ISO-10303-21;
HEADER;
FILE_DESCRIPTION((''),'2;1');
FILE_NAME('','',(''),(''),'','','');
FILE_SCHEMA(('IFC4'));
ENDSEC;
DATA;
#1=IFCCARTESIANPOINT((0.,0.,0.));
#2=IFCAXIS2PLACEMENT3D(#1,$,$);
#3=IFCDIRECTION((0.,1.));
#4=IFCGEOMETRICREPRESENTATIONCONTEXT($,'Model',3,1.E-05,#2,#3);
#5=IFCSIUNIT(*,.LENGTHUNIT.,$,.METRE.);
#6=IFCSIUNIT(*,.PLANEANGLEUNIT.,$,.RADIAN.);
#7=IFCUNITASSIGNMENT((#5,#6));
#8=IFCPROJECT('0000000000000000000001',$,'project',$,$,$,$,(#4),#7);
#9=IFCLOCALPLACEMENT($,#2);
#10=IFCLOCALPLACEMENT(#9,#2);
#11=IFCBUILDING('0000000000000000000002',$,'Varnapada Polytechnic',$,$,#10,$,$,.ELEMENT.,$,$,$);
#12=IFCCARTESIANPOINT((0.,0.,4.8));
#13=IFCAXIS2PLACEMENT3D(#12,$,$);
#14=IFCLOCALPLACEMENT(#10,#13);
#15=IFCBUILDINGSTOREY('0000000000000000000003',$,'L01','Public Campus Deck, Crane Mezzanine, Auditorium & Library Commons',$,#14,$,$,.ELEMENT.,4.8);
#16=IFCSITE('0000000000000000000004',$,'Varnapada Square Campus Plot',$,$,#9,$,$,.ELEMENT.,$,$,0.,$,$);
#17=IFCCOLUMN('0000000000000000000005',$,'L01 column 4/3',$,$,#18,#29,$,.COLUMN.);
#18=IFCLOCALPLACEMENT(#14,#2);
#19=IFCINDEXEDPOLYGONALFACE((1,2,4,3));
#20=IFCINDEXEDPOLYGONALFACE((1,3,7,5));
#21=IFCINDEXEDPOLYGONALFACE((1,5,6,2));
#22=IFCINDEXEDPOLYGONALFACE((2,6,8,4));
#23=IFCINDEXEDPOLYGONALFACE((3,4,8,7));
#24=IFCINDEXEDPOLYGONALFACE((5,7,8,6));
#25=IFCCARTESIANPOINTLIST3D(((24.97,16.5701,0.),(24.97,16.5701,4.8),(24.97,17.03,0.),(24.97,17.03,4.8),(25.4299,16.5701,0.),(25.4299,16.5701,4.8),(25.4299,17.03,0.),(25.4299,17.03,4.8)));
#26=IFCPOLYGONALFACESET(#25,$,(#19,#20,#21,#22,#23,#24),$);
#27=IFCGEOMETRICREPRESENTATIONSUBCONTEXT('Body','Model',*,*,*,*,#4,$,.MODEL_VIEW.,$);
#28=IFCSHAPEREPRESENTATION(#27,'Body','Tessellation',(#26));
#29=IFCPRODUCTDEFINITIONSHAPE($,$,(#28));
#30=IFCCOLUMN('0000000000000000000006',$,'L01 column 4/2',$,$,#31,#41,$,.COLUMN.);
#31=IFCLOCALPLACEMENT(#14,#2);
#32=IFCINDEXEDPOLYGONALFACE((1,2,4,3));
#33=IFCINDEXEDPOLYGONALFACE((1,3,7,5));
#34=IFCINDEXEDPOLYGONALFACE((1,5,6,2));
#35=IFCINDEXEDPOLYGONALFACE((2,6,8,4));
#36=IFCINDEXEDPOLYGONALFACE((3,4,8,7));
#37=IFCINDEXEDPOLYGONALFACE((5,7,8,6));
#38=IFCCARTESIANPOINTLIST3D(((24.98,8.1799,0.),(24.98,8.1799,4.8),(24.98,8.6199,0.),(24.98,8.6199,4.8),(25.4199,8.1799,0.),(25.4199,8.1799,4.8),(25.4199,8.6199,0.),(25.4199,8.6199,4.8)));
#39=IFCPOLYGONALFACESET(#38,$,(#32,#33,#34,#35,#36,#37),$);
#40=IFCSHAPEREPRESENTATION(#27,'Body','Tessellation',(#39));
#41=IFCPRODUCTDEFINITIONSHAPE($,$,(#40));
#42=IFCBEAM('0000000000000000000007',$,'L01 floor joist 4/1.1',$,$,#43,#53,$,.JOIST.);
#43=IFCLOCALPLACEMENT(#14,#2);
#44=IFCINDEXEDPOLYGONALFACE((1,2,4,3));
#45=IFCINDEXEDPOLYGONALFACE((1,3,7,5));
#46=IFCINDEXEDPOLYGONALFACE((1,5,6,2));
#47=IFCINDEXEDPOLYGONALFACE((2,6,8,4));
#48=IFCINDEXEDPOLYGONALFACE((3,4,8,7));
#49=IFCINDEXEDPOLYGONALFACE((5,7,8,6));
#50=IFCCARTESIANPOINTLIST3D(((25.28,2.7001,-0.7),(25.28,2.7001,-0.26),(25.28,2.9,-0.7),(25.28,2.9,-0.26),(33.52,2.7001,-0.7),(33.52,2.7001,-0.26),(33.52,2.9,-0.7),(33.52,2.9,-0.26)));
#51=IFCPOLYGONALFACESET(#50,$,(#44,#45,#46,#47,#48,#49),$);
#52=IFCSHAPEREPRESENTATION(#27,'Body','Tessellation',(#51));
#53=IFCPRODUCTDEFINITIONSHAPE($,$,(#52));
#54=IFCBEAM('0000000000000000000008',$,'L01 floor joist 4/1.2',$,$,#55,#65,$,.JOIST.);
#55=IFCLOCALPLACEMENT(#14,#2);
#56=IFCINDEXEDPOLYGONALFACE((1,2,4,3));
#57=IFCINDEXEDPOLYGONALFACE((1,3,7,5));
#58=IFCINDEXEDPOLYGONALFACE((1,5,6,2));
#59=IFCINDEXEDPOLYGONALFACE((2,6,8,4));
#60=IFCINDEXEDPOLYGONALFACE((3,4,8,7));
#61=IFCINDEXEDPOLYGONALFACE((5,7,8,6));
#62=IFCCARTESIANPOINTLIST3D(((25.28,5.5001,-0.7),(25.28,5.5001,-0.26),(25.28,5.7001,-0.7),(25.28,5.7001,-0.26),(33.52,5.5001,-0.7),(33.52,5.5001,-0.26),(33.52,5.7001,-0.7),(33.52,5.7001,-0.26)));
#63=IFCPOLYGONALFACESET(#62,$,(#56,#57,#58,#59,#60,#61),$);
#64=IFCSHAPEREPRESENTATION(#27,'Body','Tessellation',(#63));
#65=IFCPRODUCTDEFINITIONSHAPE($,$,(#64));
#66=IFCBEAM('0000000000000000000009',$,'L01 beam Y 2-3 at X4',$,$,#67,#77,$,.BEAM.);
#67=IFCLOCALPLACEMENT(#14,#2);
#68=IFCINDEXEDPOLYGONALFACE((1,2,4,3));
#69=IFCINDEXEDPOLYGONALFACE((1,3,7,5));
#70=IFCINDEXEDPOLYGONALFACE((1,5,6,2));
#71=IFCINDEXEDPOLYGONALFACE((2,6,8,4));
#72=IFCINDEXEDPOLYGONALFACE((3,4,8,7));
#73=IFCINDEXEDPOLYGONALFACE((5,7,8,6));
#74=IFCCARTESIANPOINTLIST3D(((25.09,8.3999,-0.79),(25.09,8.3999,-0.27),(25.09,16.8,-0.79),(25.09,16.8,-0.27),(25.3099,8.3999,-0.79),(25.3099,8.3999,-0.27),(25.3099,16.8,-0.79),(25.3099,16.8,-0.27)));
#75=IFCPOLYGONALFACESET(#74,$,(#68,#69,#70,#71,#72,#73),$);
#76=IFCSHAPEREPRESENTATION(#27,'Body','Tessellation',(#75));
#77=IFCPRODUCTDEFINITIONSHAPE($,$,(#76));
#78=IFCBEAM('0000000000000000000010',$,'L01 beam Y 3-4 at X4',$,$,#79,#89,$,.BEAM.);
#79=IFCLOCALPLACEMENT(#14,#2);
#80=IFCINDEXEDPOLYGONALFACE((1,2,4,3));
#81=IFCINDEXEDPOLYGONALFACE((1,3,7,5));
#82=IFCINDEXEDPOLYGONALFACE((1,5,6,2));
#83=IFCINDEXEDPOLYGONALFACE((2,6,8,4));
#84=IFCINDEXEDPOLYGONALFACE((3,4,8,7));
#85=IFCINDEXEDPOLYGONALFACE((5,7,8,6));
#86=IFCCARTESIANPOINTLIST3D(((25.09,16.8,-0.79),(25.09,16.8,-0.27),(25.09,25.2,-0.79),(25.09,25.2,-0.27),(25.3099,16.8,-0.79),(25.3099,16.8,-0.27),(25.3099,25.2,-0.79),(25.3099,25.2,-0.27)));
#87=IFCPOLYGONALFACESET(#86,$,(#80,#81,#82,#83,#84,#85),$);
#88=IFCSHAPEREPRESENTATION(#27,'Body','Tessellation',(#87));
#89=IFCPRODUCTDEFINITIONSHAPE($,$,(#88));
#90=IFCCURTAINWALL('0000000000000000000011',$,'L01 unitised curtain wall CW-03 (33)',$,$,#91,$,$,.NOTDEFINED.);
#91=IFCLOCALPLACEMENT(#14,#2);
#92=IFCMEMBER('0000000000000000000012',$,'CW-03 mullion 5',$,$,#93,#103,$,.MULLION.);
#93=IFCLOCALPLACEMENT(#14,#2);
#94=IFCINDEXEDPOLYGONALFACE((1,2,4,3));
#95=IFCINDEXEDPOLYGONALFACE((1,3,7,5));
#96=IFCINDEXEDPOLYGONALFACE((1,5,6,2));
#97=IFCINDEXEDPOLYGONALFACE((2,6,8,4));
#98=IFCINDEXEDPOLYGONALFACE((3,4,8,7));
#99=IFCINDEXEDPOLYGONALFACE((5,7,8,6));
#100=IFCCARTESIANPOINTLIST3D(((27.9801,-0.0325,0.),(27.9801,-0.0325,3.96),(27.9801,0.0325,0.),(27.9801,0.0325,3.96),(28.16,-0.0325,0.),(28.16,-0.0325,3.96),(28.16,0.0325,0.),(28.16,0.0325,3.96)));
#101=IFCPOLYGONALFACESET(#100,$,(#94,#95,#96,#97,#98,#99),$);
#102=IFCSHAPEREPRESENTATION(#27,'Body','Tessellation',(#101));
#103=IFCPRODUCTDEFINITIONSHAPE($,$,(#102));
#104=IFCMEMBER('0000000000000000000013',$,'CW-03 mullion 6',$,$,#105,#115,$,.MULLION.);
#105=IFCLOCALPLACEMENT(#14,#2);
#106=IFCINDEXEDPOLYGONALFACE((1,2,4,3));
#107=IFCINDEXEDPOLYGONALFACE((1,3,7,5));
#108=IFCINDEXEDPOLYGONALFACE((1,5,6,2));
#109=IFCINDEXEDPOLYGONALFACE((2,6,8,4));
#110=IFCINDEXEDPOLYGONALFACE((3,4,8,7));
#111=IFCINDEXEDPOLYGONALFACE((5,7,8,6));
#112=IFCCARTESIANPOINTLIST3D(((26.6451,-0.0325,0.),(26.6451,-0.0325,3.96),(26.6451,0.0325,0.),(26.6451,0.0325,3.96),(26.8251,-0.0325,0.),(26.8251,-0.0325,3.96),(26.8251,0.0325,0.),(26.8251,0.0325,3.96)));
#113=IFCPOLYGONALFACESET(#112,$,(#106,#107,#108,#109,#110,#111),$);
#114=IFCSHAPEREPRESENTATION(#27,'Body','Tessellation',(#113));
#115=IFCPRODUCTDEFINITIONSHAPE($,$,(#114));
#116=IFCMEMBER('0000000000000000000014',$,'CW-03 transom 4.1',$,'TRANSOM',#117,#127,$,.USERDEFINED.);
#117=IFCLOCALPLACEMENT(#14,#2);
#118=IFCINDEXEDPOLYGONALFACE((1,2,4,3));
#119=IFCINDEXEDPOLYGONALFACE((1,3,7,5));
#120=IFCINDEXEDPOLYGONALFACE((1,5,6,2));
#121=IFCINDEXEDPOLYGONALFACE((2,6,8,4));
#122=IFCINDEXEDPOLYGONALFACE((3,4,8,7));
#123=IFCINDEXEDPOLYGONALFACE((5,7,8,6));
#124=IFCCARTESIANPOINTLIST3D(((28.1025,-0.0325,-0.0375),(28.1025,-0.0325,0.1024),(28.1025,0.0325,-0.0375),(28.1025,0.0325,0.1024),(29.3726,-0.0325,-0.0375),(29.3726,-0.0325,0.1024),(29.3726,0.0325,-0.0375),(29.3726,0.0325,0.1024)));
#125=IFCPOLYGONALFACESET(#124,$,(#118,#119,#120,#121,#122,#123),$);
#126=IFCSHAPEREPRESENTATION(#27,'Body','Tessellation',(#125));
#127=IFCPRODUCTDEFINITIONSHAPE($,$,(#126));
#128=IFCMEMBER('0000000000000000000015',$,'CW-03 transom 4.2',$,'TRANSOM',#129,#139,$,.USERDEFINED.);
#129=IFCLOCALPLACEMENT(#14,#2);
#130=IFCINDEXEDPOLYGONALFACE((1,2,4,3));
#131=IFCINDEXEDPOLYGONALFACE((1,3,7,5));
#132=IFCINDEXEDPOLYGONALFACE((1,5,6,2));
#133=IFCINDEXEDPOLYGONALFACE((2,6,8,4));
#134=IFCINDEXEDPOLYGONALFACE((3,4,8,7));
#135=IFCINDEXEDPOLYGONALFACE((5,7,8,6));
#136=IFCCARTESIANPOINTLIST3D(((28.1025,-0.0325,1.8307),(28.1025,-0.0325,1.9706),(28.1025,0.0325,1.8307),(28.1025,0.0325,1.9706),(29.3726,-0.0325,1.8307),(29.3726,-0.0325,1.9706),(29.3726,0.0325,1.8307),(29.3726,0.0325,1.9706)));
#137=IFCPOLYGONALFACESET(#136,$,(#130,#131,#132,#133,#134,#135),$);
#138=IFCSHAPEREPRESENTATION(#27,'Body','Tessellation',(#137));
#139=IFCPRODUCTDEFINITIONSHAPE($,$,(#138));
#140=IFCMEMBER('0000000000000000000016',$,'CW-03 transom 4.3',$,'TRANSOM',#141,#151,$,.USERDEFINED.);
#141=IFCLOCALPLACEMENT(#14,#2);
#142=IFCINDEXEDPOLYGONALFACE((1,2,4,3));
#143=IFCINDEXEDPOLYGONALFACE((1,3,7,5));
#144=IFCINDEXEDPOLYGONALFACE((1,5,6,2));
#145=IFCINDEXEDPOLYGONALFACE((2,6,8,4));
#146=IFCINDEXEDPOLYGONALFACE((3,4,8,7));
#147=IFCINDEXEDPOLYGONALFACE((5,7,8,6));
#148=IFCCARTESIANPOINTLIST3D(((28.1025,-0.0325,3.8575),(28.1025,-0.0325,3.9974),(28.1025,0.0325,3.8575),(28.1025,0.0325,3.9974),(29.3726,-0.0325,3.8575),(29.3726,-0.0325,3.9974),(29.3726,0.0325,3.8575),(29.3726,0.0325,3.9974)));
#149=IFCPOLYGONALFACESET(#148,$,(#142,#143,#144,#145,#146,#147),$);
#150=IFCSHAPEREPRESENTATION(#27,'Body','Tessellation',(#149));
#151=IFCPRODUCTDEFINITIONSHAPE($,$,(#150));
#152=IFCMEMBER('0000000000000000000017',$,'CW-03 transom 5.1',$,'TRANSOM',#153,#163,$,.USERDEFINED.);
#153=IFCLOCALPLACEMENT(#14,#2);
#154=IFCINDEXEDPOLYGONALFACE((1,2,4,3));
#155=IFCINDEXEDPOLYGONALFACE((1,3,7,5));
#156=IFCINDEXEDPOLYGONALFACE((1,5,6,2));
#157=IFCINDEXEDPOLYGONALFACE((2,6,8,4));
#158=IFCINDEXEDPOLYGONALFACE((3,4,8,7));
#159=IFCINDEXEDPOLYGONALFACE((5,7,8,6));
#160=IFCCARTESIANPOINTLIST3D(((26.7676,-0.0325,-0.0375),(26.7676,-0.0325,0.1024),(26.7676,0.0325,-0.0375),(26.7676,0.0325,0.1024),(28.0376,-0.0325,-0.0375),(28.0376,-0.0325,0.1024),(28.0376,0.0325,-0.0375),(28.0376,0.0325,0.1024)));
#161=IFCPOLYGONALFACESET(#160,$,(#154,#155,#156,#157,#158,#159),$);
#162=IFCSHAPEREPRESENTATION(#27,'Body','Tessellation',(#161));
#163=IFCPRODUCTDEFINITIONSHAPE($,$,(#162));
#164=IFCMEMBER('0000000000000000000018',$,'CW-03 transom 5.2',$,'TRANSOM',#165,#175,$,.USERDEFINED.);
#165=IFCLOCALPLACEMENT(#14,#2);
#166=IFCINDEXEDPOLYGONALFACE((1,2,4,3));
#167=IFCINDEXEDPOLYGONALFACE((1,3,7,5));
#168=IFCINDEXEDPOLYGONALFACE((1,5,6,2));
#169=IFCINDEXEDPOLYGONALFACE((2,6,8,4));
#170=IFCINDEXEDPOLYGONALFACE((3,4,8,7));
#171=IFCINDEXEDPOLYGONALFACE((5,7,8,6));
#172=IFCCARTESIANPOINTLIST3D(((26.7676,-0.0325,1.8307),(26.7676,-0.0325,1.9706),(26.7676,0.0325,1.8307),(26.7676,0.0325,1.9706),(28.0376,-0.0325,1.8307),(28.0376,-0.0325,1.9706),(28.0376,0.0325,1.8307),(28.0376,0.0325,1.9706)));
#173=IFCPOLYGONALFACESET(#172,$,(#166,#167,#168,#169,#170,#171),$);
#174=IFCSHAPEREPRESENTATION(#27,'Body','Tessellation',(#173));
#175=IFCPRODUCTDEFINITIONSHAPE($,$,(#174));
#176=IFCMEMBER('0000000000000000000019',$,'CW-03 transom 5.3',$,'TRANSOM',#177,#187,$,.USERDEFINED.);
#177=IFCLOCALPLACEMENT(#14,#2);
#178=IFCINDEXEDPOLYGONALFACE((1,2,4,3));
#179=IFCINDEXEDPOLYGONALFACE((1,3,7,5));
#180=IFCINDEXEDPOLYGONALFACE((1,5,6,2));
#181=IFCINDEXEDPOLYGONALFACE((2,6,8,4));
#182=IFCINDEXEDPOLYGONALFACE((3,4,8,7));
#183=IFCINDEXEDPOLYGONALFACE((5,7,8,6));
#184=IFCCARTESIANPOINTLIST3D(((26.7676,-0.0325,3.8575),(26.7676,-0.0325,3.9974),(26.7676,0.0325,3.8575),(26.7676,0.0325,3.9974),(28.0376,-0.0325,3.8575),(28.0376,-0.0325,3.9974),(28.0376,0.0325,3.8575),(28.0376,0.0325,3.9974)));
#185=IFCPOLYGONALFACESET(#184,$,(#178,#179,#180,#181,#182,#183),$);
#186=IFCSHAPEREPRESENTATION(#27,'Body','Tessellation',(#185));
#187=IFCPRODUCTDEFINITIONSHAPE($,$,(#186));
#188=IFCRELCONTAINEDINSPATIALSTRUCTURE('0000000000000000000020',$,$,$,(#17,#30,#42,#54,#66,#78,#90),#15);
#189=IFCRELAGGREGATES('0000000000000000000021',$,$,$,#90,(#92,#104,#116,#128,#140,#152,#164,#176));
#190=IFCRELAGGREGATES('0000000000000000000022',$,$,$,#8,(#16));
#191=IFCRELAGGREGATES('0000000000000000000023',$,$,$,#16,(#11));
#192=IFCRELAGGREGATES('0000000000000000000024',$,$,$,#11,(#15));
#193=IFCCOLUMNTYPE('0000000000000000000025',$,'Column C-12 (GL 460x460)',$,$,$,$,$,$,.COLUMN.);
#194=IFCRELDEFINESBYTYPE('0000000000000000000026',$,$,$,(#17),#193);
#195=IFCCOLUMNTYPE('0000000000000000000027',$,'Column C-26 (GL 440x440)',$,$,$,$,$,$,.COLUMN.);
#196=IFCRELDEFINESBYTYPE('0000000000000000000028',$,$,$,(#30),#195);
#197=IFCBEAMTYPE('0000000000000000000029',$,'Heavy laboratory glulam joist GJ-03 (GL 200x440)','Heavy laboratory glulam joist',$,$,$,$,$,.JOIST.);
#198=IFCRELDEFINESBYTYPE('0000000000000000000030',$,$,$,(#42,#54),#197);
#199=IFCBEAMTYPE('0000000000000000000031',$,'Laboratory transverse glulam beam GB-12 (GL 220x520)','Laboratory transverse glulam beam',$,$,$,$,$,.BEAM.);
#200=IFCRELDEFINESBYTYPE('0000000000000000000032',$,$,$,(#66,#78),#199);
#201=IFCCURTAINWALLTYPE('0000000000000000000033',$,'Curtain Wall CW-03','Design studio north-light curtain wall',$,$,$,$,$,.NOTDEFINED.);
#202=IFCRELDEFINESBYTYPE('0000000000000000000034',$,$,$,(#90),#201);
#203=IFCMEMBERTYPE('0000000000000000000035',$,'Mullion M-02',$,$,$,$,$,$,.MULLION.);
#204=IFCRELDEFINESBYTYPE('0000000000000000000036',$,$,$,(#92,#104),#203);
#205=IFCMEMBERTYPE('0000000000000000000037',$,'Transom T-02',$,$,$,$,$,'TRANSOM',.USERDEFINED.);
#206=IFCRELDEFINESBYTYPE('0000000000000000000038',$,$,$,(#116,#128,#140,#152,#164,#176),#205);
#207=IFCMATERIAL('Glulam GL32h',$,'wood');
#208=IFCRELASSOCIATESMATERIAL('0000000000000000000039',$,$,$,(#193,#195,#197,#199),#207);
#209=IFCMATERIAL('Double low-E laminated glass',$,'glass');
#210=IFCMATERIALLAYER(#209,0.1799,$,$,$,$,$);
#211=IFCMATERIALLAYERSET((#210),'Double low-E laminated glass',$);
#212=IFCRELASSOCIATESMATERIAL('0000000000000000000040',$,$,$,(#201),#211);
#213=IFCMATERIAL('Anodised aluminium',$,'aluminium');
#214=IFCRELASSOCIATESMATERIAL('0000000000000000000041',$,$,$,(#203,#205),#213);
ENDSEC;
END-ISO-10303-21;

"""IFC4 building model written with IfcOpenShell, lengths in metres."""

from ifc_helpers import new_model, si_unit, direction, frame, origin, origin_2d, place, context, subcontext, project, spatial, rectangle, extrude, material, layer, layer_set, material_profile, profile_set, type_object, element, aggregate, save


model = new_model("IFC4")

# Units and contexts
model_context = context("Model", 3, precision=1e-05, world=origin(), true_north=direction((0.0, 1.0)))
body_context = subcontext(model_context, "Body", "Model", "MODEL_VIEW")
ifc_project = project(units=[si_unit("LENGTHUNIT", "METRE"), si_unit("PLANEANGLEUNIT", "RADIAN")], contexts=[model_context])

# Site, building, storey
site_placement = place(None, origin())
site = spatial("IfcSite", under=ifc_project, at=site_placement, Name="Varnapada Square Campus Plot", CompositionType="ELEMENT", RefElevation=0.0)
building_placement = place(site_placement, origin())
building = spatial("IfcBuilding", under=site, at=building_placement, Name="Varnapada Polytechnic", CompositionType="ELEMENT")
storey_placement = place(building_placement, frame((0.0, 0.0, 4.8)))
storey = spatial("IfcBuildingStorey", under=building, at=storey_placement, Name="L01", Description="Public Campus Deck, Crane Mezzanine, Auditorium & Library Commons", CompositionType="ELEMENT", Elevation=4.8)

# Columns
ifc_material_1 = material(Name="Glulam GL32h", Category="wood")
ifc_material_profile_1 = material_profile(ifc_material_1, rectangle(XDim=0.46, YDim=0.46, at=origin_2d()), Name="GL 460x460")
ifc_profile_set_1 = profile_set([ifc_material_profile_1], Name="Glulam GL32h")
column_type_1 = type_object("IfcColumnType", Name="Column C-12 (GL 460x460)", PredefinedType="COLUMN", material=ifc_profile_set_1)
column_1_placement = place(storey_placement, frame((25.2, 16.8, 0.0), z_axis=(0.0, 0.0, 1.0), x_axis=(1.0, 0.0, 0.0)))
element("IfcColumn", 1, at=column_1_placement, inside=storey, type_object=column_type_1, Name="L01 column 4/3", PredefinedType="COLUMN", context=body_context, shape_type="SweptSolid", body=[
    extrude(rectangle(XDim=0.46, YDim=0.46, at=origin_2d()), origin(), (0.0, 0.0, 1.0), 4.8),
])
ifc_material_profile_2 = material_profile(ifc_material_1, rectangle(XDim=0.4399, YDim=0.4399, at=origin_2d()), Name="GL 440x440")
ifc_profile_set_2 = profile_set([ifc_material_profile_2], Name="Glulam GL32h")
column_type_2 = type_object("IfcColumnType", Name="Column C-26 (GL 440x440)", PredefinedType="COLUMN", material=ifc_profile_set_2)
column_2_placement = place(storey_placement, frame((25.2, 8.3999, 0.0), z_axis=(0.0, 0.0, 1.0), x_axis=(1.0, 0.0, 0.0)))
element("IfcColumn", 2, at=column_2_placement, inside=storey, type_object=column_type_2, Name="L01 column 4/2", PredefinedType="COLUMN", context=body_context, shape_type="SweptSolid", body=[
    extrude(rectangle(XDim=0.4399, YDim=0.4399, at=origin_2d()), origin(), (0.0, 0.0, 1.0), 4.8),
])

# Beams
ifc_material_profile_3 = material_profile(ifc_material_1, rectangle(XDim=0.2, YDim=0.4399, at=origin_2d()), Name="GL 200x440")
ifc_profile_set_3 = profile_set([ifc_material_profile_3], Name="Glulam GL32h")
beam_type_1 = type_object("IfcBeamType", Name="Heavy laboratory glulam joist GJ-03 (GL 200x440)", Description="Heavy laboratory glulam joist", PredefinedType="JOIST", material=ifc_profile_set_3)
for number, where, z_axis, x_axis, name in (
    (3, (25.28, 2.8, -0.48), (1.0, 0.0, 0.0), (0.0, 1.0, 0.0), "L01 floor joist 4/1.1"),
    (4, (25.28, 5.6001, -0.48), (1.0, 0.0, 0.0), (0.0, 1.0, 0.0), "L01 floor joist 4/1.2"),
):
    element("IfcBeam", number, at=place(storey_placement, frame(where, z_axis=z_axis, x_axis=x_axis)), inside=storey, type_object=beam_type_1, Name=name, PredefinedType="JOIST", context=body_context, shape_type="SweptSolid", body=[
        extrude(rectangle(XDim=0.2, YDim=0.4399, at=origin_2d()), origin(), (0.0, 0.0, 1.0), 8.24),
    ])
ifc_material_profile_4 = material_profile(ifc_material_1, rectangle(XDim=0.22, YDim=0.52, at=origin_2d()), Name="GL 220x520")
ifc_profile_set_4 = profile_set([ifc_material_profile_4], Name="Glulam GL32h")
beam_type_2 = type_object("IfcBeamType", Name="Laboratory transverse glulam beam GB-12 (GL 220x520)", Description="Laboratory transverse glulam beam", PredefinedType="BEAM", material=ifc_profile_set_4)
beam_1_placement = place(storey_placement, frame((25.2, 8.3999, -0.53), z_axis=(0.0, 1.0, 0.0), x_axis=(-1.0, 0.0, 0.0)))
element("IfcBeam", 5, at=beam_1_placement, inside=storey, type_object=beam_type_2, Name="L01 beam Y 2-3 at X4", PredefinedType="BEAM", context=body_context, shape_type="SweptSolid", body=[
    extrude(rectangle(XDim=0.22, YDim=0.52, at=origin_2d()), origin(), (0.0, 0.0, 1.0), 8.4001),
])
beam_2_placement = place(storey_placement, frame((25.2, 16.8, -0.53), z_axis=(0.0, 1.0, 0.0), x_axis=(-1.0, 0.0, 0.0)))
element("IfcBeam", 6, at=beam_2_placement, inside=storey, type_object=beam_type_2, Name="L01 beam Y 3-4 at X4", PredefinedType="BEAM", context=body_context, shape_type="SweptSolid", body=[
    extrude(rectangle(XDim=0.22, YDim=0.52, at=origin_2d()), origin(), (0.0, 0.0, 1.0), 8.3999),
])

# Curtain wall, members
ifc_material_2 = material(Name="Double low-E laminated glass", Category="glass")
ifc_layer_1 = layer(ifc_material_2, 0.1799)
ifc_layer_set_1 = layer_set([ifc_layer_1], Name="Double low-E laminated glass")
curtain_wall_type = type_object("IfcCurtainWallType", Name="Curtain Wall CW-03", Description="Design studio north-light curtain wall", PredefinedType="NOTDEFINED", material=ifc_layer_set_1)
curtain_wall_placement = place(storey_placement, origin())
curtain_wall = element("IfcCurtainWall", 7, at=curtain_wall_placement, inside=storey, type_object=curtain_wall_type, Name="L01 unitised curtain wall CW-03 (33)", PredefinedType="NOTDEFINED")
ifc_material_3 = material(Name="Anodised aluminium", Category="aluminium")
ifc_material_profile_5 = material_profile(ifc_material_3, rectangle(XDim=0.0649, YDim=0.1799, at=origin_2d()), Name="ALU M65x180")
ifc_profile_set_5 = profile_set([ifc_material_profile_5], Name="Anodised aluminium")
member_type_1 = type_object("IfcMemberType", Name="Mullion M-02", PredefinedType="MULLION", material=ifc_profile_set_5)
member_1_placement = place(storey_placement, frame((28.0701, 0.0, 0.0), z_axis=(0.0, 0.0, 1.0), x_axis=(0.0, -1.0, 0.0)))
member_1 = element("IfcMember", 8, at=member_1_placement, type_object=member_type_1, Name="CW-03 mullion 5", PredefinedType="MULLION", context=body_context, shape_type="SweptSolid", body=[
    extrude(rectangle(XDim=0.0649, YDim=0.1799, at=origin_2d()), origin(), (0.0, 0.0, 1.0), 3.96),
])
member_2_placement = place(storey_placement, frame((26.7351, 0.0, 0.0), z_axis=(0.0, 0.0, 1.0), x_axis=(0.0, -1.0, 0.0)))
member_2 = element("IfcMember", 9, at=member_2_placement, type_object=member_type_1, Name="CW-03 mullion 6", PredefinedType="MULLION", context=body_context, shape_type="SweptSolid", body=[
    extrude(rectangle(XDim=0.0649, YDim=0.1799, at=origin_2d()), origin(), (0.0, 0.0, 1.0), 3.96),
])
ifc_material_profile_6 = material_profile(ifc_material_3, rectangle(XDim=0.0649, YDim=0.1399, at=origin_2d()), Name="ALU T65x140")
ifc_profile_set_6 = profile_set([ifc_material_profile_6], Name="Anodised aluminium")
member_type_2 = type_object("IfcMemberType", Name="Transom T-02", ElementType="TRANSOM", PredefinedType="USERDEFINED", material=ifc_profile_set_6)
member_3_placement = place(storey_placement, frame((29.3726, 0.0, 0.0325), z_axis=(-1.0, 0.0, 0.0), x_axis=(0.0, -1.0, 0.0)))
member_3 = element("IfcMember", 10, at=member_3_placement, type_object=member_type_2, Name="CW-03 transom 4.1", ObjectType="TRANSOM", PredefinedType="USERDEFINED", context=body_context, shape_type="SweptSolid", body=[
    extrude(rectangle(XDim=0.0649, YDim=0.1399, at=origin_2d()), origin(), (0.0, 0.0, 1.0), 1.27),
])
member_4_placement = place(storey_placement, frame((29.3726, 0.0, 1.9006), z_axis=(-1.0, 0.0, 0.0), x_axis=(0.0, -1.0, 0.0)))
member_4 = element("IfcMember", 11, at=member_4_placement, type_object=member_type_2, Name="CW-03 transom 4.2", ObjectType="TRANSOM", PredefinedType="USERDEFINED", context=body_context, shape_type="SweptSolid", body=[
    extrude(rectangle(XDim=0.0649, YDim=0.1399, at=origin_2d()), origin(), (0.0, 0.0, 1.0), 1.27),
])
member_5_placement = place(storey_placement, frame((29.3726, 0.0, 3.9275), z_axis=(-1.0, 0.0, 0.0), x_axis=(0.0, -1.0, 0.0)))
member_5 = element("IfcMember", 12, at=member_5_placement, type_object=member_type_2, Name="CW-03 transom 4.3", ObjectType="TRANSOM", PredefinedType="USERDEFINED", context=body_context, shape_type="SweptSolid", body=[
    extrude(rectangle(XDim=0.0649, YDim=0.1399, at=origin_2d()), origin(), (0.0, 0.0, 1.0), 1.27),
])
member_6_placement = place(storey_placement, frame((28.0376, 0.0, 0.0325), z_axis=(-1.0, 0.0, 0.0), x_axis=(0.0, -1.0, 0.0)))
member_6 = element("IfcMember", 13, at=member_6_placement, type_object=member_type_2, Name="CW-03 transom 5.1", ObjectType="TRANSOM", PredefinedType="USERDEFINED", context=body_context, shape_type="SweptSolid", body=[
    extrude(rectangle(XDim=0.0649, YDim=0.1399, at=origin_2d()), origin(), (0.0, 0.0, 1.0), 1.27),
])
member_7_placement = place(storey_placement, frame((28.0376, 0.0, 1.9006), z_axis=(-1.0, 0.0, 0.0), x_axis=(0.0, -1.0, 0.0)))
member_7 = element("IfcMember", 14, at=member_7_placement, type_object=member_type_2, Name="CW-03 transom 5.2", ObjectType="TRANSOM", PredefinedType="USERDEFINED", context=body_context, shape_type="SweptSolid", body=[
    extrude(rectangle(XDim=0.0649, YDim=0.1399, at=origin_2d()), origin(), (0.0, 0.0, 1.0), 1.27),
])
member_8_placement = place(storey_placement, frame((28.0376, 0.0, 3.9275), z_axis=(-1.0, 0.0, 0.0), x_axis=(0.0, -1.0, 0.0)))
member_8 = element("IfcMember", 15, at=member_8_placement, type_object=member_type_2, Name="CW-03 transom 5.3", ObjectType="TRANSOM", PredefinedType="USERDEFINED", context=body_context, shape_type="SweptSolid", body=[
    extrude(rectangle(XDim=0.0649, YDim=0.1399, at=origin_2d()), origin(), (0.0, 0.0, 1.0), 1.27),
])

aggregate(curtain_wall, [member_1, member_2, member_3, member_4, member_5, member_6, member_7, member_8])

save(model, "model.ifc")
